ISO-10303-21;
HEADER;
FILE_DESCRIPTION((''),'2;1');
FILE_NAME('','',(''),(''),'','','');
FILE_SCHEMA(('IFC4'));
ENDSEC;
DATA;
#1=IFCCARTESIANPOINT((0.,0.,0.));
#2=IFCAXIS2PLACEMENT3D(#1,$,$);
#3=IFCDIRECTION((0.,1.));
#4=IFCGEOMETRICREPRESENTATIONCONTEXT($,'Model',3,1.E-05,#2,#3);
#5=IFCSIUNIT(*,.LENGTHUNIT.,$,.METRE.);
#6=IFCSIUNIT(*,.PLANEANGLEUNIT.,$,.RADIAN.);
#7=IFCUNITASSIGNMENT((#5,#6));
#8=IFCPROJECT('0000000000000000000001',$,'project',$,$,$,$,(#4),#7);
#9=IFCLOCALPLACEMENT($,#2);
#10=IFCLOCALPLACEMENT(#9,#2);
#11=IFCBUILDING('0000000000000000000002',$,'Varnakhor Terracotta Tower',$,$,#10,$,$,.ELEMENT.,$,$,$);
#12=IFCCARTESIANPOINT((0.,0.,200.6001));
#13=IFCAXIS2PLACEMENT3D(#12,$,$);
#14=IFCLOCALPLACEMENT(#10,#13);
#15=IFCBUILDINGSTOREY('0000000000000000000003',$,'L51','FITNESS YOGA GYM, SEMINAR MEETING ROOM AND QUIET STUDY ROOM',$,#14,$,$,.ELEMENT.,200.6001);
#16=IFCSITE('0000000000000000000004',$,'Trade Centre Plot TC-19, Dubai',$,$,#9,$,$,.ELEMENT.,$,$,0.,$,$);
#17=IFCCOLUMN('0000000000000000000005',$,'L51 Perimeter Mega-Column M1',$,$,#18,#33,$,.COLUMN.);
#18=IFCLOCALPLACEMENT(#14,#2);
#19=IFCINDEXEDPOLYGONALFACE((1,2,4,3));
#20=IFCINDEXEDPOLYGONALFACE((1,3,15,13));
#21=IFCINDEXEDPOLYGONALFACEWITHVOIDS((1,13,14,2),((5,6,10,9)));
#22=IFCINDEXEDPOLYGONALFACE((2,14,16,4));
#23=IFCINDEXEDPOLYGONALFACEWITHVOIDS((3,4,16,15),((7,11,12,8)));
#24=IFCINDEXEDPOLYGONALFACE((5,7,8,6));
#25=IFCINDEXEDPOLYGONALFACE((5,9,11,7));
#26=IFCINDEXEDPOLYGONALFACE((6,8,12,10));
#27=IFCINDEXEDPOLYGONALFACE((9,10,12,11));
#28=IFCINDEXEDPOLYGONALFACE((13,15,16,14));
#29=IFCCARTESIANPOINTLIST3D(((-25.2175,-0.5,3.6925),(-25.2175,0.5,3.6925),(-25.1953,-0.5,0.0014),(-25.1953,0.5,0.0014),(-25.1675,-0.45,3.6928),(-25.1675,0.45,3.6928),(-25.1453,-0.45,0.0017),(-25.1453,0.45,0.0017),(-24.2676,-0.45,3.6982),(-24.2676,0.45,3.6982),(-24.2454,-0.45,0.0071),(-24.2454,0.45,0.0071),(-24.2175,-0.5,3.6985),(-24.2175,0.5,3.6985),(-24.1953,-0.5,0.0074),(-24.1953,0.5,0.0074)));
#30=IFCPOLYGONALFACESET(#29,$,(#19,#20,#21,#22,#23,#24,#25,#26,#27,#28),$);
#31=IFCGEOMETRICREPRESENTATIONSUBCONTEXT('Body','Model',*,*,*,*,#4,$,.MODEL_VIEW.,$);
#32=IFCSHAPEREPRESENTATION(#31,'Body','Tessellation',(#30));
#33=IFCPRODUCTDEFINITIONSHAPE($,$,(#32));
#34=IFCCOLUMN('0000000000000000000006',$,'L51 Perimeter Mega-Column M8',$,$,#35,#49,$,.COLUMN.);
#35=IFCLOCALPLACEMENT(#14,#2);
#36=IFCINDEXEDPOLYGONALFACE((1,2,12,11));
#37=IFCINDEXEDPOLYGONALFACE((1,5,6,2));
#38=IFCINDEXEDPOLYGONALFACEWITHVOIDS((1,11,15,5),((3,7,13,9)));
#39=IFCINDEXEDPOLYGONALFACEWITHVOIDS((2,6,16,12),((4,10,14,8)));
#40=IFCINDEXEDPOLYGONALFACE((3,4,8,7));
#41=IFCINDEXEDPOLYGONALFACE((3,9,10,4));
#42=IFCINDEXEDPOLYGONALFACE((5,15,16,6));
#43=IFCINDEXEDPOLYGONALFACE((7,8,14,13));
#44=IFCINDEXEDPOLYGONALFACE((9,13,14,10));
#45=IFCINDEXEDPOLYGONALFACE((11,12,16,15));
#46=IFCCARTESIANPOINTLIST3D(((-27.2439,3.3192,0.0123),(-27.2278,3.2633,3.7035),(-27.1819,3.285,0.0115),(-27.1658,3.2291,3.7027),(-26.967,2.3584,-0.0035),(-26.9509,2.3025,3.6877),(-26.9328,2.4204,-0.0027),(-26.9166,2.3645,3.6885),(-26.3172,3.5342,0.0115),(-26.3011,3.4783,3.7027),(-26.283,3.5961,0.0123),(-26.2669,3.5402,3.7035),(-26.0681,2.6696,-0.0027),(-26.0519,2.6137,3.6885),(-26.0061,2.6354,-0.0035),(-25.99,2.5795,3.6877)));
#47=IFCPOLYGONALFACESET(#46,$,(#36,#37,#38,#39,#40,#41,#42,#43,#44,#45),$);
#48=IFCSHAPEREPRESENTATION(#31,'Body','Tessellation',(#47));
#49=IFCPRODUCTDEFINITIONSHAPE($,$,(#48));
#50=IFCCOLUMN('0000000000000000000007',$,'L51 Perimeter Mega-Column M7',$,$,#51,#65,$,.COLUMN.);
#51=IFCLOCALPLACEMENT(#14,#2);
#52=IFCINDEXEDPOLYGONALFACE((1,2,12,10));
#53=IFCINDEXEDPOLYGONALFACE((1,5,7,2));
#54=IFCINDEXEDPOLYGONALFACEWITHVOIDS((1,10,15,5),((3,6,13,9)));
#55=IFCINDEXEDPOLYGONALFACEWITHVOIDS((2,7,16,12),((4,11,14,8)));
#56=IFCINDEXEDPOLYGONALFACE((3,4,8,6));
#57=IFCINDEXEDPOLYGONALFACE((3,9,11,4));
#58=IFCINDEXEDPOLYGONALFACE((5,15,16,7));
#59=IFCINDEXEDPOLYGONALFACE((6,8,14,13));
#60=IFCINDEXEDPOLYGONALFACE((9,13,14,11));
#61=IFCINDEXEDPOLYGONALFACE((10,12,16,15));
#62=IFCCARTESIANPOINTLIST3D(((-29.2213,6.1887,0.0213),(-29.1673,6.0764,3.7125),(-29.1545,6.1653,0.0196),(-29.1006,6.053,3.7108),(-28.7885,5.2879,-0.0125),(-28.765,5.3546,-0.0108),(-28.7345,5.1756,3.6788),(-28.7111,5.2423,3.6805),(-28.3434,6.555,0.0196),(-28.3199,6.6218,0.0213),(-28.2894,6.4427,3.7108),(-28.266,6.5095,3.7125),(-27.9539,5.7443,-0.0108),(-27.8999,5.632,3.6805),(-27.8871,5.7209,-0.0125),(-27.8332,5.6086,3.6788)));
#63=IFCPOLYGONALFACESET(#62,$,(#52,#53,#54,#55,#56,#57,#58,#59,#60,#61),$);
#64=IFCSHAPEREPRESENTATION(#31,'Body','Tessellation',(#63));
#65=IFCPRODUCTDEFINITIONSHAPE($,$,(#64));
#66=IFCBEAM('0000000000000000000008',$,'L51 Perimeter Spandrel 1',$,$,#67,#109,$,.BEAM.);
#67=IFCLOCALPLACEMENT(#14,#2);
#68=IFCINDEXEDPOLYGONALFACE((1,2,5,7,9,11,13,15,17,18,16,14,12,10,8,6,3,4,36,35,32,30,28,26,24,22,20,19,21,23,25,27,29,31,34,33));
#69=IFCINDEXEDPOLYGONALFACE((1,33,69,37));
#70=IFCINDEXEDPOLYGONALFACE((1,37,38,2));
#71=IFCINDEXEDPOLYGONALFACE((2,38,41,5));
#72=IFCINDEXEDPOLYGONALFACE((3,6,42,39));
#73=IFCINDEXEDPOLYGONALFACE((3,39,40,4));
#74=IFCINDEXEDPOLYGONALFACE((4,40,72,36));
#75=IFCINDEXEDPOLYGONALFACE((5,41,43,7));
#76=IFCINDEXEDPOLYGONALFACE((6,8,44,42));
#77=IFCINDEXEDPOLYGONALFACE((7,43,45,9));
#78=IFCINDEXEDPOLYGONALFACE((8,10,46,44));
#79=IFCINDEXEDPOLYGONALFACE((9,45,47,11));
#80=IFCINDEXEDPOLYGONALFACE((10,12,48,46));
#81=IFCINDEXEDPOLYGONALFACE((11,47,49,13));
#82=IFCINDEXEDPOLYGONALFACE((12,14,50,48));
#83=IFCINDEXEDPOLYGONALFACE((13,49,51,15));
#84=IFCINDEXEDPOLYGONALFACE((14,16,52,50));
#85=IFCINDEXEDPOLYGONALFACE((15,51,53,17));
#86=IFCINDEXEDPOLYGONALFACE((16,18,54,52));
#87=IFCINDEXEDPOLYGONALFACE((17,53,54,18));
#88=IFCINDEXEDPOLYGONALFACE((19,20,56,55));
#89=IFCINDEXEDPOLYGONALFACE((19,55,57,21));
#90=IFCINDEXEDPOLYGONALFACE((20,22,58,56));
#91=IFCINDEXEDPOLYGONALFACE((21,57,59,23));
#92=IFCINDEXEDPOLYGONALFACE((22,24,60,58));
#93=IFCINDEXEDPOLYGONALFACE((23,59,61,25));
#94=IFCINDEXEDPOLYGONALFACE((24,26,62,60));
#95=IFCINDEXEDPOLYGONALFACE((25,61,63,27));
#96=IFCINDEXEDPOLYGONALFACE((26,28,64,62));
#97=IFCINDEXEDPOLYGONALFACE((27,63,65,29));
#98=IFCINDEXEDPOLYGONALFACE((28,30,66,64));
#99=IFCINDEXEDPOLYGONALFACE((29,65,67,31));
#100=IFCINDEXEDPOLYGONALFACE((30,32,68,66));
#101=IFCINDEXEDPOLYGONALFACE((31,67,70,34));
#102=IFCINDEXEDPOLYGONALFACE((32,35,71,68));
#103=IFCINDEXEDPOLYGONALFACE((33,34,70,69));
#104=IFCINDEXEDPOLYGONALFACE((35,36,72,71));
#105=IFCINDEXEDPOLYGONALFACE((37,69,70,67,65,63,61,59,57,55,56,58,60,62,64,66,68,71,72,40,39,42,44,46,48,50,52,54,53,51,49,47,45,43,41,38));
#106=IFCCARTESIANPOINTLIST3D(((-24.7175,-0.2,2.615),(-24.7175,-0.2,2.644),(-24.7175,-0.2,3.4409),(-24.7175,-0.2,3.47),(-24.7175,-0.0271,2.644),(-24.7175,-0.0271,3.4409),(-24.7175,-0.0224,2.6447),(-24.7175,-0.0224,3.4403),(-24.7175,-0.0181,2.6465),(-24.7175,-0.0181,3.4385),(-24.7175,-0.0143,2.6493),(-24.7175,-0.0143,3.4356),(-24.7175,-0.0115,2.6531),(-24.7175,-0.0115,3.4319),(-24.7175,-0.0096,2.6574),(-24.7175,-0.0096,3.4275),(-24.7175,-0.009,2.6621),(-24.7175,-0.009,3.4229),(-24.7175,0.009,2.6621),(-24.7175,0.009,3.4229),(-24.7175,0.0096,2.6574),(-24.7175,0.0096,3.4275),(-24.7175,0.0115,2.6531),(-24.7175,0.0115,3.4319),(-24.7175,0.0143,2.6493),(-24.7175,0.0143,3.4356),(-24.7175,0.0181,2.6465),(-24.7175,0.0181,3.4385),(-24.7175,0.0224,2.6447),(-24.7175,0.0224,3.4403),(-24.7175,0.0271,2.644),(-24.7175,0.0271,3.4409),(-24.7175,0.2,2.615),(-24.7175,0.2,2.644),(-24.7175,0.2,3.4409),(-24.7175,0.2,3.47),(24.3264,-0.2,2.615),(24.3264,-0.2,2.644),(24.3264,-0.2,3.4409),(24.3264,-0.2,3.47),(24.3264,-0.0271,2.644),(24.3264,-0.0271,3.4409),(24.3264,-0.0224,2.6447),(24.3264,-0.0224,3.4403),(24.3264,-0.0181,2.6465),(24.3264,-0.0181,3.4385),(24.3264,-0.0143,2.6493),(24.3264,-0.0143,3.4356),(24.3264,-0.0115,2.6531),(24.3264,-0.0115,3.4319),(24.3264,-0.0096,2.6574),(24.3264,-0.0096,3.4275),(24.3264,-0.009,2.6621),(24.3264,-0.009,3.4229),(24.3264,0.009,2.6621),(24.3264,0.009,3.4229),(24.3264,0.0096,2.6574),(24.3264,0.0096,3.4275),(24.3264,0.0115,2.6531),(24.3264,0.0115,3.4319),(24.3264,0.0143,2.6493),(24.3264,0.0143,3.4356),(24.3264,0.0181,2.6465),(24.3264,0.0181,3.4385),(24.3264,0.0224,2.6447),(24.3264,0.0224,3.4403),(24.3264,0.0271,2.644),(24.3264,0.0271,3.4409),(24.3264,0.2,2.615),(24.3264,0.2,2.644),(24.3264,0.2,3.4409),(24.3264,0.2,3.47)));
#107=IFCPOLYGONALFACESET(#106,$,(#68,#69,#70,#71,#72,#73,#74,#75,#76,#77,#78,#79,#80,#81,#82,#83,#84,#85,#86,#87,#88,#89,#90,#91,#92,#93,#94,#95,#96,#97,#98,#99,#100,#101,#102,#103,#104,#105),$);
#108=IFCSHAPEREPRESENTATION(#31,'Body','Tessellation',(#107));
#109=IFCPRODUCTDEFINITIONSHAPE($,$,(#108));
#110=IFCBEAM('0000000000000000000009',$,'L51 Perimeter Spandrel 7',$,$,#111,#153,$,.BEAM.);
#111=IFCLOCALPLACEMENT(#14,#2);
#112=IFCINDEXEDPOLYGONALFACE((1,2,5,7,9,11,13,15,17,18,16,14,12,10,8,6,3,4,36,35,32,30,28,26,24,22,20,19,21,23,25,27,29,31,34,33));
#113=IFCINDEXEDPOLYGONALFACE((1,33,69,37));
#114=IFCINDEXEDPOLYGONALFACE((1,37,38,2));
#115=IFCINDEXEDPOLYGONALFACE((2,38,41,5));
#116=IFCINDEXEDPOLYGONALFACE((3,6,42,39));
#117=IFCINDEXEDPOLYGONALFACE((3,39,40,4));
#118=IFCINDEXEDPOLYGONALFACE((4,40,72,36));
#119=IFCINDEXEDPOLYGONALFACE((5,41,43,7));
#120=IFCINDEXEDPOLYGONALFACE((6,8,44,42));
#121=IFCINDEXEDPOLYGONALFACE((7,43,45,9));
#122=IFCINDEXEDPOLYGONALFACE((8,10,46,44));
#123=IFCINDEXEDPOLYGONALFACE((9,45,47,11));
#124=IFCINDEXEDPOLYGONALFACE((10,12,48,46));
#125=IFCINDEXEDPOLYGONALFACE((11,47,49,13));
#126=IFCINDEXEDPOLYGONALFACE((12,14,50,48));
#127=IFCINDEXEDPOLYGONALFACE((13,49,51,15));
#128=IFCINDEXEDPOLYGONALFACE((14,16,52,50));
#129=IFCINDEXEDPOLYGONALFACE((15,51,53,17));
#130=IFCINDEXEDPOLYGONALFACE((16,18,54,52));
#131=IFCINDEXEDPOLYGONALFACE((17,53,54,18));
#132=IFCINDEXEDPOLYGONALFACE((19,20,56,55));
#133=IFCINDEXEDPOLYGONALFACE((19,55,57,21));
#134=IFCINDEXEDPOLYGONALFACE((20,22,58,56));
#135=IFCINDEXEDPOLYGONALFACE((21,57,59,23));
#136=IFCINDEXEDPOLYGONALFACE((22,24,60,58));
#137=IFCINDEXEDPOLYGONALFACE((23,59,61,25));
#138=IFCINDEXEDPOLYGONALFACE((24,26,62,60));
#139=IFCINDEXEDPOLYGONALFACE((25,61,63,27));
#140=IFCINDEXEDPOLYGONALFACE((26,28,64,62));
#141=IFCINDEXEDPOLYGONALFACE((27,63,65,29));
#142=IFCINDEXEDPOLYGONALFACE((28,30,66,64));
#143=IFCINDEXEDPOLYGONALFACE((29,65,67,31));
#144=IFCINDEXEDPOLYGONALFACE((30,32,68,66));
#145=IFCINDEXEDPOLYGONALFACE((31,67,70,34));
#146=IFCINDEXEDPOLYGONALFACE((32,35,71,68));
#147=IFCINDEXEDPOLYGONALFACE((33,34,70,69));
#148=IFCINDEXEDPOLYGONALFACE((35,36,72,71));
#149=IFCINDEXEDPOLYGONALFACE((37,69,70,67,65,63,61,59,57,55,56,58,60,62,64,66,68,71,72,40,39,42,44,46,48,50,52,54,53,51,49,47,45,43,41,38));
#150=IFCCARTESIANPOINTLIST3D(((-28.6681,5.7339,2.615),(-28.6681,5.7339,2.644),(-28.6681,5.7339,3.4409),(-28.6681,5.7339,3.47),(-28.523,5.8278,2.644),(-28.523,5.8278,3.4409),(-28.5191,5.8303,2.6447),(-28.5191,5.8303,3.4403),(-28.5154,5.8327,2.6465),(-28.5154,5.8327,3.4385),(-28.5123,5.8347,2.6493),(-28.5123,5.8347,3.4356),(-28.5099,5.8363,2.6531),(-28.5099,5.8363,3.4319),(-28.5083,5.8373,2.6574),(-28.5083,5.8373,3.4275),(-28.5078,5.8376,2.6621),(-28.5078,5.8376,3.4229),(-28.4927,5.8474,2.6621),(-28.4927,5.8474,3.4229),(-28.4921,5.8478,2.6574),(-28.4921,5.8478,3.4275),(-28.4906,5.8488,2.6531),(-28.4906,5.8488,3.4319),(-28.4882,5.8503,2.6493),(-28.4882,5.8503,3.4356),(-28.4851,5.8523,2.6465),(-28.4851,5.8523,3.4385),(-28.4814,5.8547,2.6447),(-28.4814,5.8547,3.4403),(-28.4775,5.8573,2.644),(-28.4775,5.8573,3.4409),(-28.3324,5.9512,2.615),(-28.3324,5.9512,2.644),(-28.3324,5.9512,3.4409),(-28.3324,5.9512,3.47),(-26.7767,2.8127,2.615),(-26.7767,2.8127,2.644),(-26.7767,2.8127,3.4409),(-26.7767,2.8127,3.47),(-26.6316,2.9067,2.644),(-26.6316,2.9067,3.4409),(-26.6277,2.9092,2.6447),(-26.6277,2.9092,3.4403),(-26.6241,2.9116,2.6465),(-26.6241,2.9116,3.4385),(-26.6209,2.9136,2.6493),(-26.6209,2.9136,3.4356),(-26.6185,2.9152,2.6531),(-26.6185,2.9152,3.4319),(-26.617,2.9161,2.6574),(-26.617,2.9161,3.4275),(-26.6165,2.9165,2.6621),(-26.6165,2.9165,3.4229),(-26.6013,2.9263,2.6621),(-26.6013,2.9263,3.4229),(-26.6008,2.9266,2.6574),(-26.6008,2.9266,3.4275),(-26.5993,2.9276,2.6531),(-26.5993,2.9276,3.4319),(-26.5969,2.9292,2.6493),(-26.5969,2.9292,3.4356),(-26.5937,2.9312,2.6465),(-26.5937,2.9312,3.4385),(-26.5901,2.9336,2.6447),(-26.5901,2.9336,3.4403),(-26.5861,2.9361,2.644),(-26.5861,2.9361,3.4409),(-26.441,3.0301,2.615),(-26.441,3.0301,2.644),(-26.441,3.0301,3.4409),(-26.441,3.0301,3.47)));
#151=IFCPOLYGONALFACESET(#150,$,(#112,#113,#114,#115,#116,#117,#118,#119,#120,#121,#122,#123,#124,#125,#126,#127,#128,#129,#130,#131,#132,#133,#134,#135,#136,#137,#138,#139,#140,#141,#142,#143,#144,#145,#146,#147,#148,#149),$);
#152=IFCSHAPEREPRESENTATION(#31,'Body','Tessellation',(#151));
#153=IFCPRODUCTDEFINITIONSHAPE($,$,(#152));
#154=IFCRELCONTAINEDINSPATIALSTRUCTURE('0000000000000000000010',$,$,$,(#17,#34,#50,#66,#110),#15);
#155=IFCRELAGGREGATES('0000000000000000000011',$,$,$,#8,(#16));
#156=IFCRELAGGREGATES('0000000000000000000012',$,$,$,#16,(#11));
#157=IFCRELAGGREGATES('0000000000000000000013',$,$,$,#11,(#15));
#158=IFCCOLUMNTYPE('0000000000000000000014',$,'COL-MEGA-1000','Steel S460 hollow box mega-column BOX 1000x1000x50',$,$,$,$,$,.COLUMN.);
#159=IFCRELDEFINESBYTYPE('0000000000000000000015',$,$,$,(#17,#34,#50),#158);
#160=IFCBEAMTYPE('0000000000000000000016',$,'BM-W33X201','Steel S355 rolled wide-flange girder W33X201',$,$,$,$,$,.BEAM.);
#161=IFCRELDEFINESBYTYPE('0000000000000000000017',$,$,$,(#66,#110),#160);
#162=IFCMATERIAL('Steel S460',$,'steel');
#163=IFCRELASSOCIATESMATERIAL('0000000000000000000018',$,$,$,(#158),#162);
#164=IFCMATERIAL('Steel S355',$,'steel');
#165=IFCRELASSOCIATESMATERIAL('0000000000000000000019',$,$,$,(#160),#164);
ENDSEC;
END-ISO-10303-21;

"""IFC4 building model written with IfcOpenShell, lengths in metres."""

from ifc_helpers import new_model, si_unit, direction, frame, origin, origin_2d, place, context, subcontext, project, spatial, hollow_rectangle, i_section, extrude, source, transform, mapped, material, material_profile, profile_set, type_object, element, save


model = new_model("IFC4")

# Units and contexts
model_context = context("Model", 3, precision=1e-05, world=origin(), true_north=direction((0.0, 1.0)))
body_context = subcontext(model_context, "Body", "Model", "MODEL_VIEW")
ifc_project = project(units=[si_unit("LENGTHUNIT", "METRE"), si_unit("PLANEANGLEUNIT", "RADIAN")], contexts=[model_context])

# Site, building, storey
site_placement = place(None, origin())
site = spatial("IfcSite", under=ifc_project, at=site_placement, Name="Trade Centre Plot TC-19, Dubai", CompositionType="ELEMENT", RefElevation=0.0)
building_placement = place(site_placement, origin())
building = spatial("IfcBuilding", under=site, at=building_placement, Name="Varnakhor Terracotta Tower", CompositionType="ELEMENT")
storey_placement = place(building_placement, frame((0.0, 0.0, 200.6001)))
storey = spatial("IfcBuildingStorey", under=building, at=storey_placement, Name="L51", Description="FITNESS YOGA GYM, SEMINAR MEETING ROOM AND QUIET STUDY ROOM", CompositionType="ELEMENT", Elevation=200.6001)

# Columns
ifc_material_1 = material(Name="Steel S460", Category="steel")
ifc_material_profile_1 = material_profile(ifc_material_1, hollow_rectangle(XDim=1.0, YDim=1.0, WallThickness=0.05, at=origin_2d()), Name="BOX 1000x1000x50")
ifc_profile_set_1 = profile_set([ifc_material_profile_1], Name="Steel S460")
column_type = type_object("IfcColumnType", Name="COL-MEGA-1000", Description="Steel S460 hollow box mega-column BOX 1000x1000x50", PredefinedType="COLUMN", material=ifc_profile_set_1)
shared_shape_1 = source(origin(), body_context, "Body", "SweptSolid", [
    extrude(hollow_rectangle(XDim=1.0, YDim=1.0, WallThickness=0.05, at=origin_2d()), origin(), (0.0, 0.0, 1.0), 3.6912),
])
column_1_placement = place(storey_placement, frame((-24.6953, 0.0, 0.0044), z_axis=(-0.006019, 0.0, 0.999982), x_axis=(0.0, -1.0, 0.0)))
element("IfcColumn", 1, at=column_1_placement, inside=storey, type_object=column_type, Name="L51 Perimeter Mega-Column M1", PredefinedType="COLUMN", context=body_context, shape_type="MappedRepresentation", body=[
    mapped(shared_shape_1, transform((0.0, 0.0, 0.0), scale=1.0)),
])
shared_shape_2 = source(origin(), body_context, "Body", "SweptSolid", [
    extrude(hollow_rectangle(XDim=1.0, YDim=1.0, WallThickness=0.05, at=origin_2d()), origin(), (0.0, 0.0, 1.0), 3.6917),
])
column_2_placement = place(storey_placement, frame((-26.625, 2.9773, 0.0044), z_axis=(0.004365, -0.015145, 0.999876), x_axis=(0.960888, 0.276937, 0.0)))
element("IfcColumn", 2, at=column_2_placement, inside=storey, type_object=column_type, Name="L51 Perimeter Mega-Column M8", PredefinedType="COLUMN", context=body_context, shape_type="MappedRepresentation", body=[
    mapped(shared_shape_2, transform((0.0, 0.0, 0.0), scale=1.0)),
])
shared_shape_3 = source(origin(), body_context, "Body", "SweptSolid", [
    extrude(hollow_rectangle(XDim=1.0, YDim=1.0, WallThickness=0.05, at=origin_2d()), origin(), (0.0, 0.0, 1.0), 3.6934),
])
column_3_placement = place(storey_placement, frame((-28.5542, 5.9548, 0.0044), z_axis=(0.014609, -0.030408, 0.999431), x_axis=(0.90137, 0.43305, 0.0)))
element("IfcColumn", 3, at=column_3_placement, inside=storey, type_object=column_type, Name="L51 Perimeter Mega-Column M7", PredefinedType="COLUMN", context=body_context, shape_type="MappedRepresentation", body=[
    mapped(shared_shape_3, transform((0.0, 0.0, 0.0), scale=1.0)),
])

# Beams
ifc_material_2 = material(Name="Steel S355", Category="steel")
ifc_material_profile_2 = material_profile(ifc_material_2, i_section(OverallWidth=0.3999, OverallDepth=0.855, WebThickness=0.0181, FlangeThickness=0.0291, FilletRadius=0.0181, at=origin_2d()), Name="W33X201")
ifc_profile_set_2 = profile_set([ifc_material_profile_2], Name="Steel S355")
beam_type_1 = type_object("IfcBeamType", Name="BM-W33X201", Description="Steel S355 rolled wide-flange girder W33X201", PredefinedType="BEAM", material=ifc_profile_set_2)
shared_shape_4 = source(origin(), body_context, "Body", "SweptSolid", [
    extrude(i_section(OverallWidth=0.3999, OverallDepth=0.855, WebThickness=0.0181, FlangeThickness=0.0291, FilletRadius=0.0181, at=origin_2d()), origin(), (0.0, 0.0, 1.0), 49.0439),
])
beam_1_placement = place(storey_placement, frame((-24.7175, 0.0, 3.0425), z_axis=(1.0, 0.0, 0.0), x_axis=(0.0, 1.0, 0.0)))
element("IfcBeam", 4, at=beam_1_placement, inside=storey, type_object=beam_type_1, Name="L51 Perimeter Spandrel 1", PredefinedType="BEAM", context=body_context, shape_type="MappedRepresentation", body=[
    mapped(shared_shape_4, transform((0.0, 0.0, 0.0), scale=1.0)),
])
shared_shape_5 = source(origin(), body_context, "Body", "SweptSolid", [
    extrude(i_section(OverallWidth=0.3999, OverallDepth=0.855, WebThickness=0.0181, FlangeThickness=0.0291, FilletRadius=0.0181, at=origin_2d()), origin(), (0.0, 0.0, 1.0), 3.48),
])
beam_2_placement = place(storey_placement, frame((-28.5002, 5.8425, 3.0425), z_axis=(0.543496, -0.839412, 0.0), x_axis=(0.839412, 0.543496, 0.0)))
element("IfcBeam", 5, at=beam_2_placement, inside=storey, type_object=beam_type_1, Name="L51 Perimeter Spandrel 7", PredefinedType="BEAM", context=body_context, shape_type="MappedRepresentation", body=[
    mapped(shared_shape_5, transform((0.0, 0.0, 0.0), scale=1.0)),
])

save(model, "model.ifc")
